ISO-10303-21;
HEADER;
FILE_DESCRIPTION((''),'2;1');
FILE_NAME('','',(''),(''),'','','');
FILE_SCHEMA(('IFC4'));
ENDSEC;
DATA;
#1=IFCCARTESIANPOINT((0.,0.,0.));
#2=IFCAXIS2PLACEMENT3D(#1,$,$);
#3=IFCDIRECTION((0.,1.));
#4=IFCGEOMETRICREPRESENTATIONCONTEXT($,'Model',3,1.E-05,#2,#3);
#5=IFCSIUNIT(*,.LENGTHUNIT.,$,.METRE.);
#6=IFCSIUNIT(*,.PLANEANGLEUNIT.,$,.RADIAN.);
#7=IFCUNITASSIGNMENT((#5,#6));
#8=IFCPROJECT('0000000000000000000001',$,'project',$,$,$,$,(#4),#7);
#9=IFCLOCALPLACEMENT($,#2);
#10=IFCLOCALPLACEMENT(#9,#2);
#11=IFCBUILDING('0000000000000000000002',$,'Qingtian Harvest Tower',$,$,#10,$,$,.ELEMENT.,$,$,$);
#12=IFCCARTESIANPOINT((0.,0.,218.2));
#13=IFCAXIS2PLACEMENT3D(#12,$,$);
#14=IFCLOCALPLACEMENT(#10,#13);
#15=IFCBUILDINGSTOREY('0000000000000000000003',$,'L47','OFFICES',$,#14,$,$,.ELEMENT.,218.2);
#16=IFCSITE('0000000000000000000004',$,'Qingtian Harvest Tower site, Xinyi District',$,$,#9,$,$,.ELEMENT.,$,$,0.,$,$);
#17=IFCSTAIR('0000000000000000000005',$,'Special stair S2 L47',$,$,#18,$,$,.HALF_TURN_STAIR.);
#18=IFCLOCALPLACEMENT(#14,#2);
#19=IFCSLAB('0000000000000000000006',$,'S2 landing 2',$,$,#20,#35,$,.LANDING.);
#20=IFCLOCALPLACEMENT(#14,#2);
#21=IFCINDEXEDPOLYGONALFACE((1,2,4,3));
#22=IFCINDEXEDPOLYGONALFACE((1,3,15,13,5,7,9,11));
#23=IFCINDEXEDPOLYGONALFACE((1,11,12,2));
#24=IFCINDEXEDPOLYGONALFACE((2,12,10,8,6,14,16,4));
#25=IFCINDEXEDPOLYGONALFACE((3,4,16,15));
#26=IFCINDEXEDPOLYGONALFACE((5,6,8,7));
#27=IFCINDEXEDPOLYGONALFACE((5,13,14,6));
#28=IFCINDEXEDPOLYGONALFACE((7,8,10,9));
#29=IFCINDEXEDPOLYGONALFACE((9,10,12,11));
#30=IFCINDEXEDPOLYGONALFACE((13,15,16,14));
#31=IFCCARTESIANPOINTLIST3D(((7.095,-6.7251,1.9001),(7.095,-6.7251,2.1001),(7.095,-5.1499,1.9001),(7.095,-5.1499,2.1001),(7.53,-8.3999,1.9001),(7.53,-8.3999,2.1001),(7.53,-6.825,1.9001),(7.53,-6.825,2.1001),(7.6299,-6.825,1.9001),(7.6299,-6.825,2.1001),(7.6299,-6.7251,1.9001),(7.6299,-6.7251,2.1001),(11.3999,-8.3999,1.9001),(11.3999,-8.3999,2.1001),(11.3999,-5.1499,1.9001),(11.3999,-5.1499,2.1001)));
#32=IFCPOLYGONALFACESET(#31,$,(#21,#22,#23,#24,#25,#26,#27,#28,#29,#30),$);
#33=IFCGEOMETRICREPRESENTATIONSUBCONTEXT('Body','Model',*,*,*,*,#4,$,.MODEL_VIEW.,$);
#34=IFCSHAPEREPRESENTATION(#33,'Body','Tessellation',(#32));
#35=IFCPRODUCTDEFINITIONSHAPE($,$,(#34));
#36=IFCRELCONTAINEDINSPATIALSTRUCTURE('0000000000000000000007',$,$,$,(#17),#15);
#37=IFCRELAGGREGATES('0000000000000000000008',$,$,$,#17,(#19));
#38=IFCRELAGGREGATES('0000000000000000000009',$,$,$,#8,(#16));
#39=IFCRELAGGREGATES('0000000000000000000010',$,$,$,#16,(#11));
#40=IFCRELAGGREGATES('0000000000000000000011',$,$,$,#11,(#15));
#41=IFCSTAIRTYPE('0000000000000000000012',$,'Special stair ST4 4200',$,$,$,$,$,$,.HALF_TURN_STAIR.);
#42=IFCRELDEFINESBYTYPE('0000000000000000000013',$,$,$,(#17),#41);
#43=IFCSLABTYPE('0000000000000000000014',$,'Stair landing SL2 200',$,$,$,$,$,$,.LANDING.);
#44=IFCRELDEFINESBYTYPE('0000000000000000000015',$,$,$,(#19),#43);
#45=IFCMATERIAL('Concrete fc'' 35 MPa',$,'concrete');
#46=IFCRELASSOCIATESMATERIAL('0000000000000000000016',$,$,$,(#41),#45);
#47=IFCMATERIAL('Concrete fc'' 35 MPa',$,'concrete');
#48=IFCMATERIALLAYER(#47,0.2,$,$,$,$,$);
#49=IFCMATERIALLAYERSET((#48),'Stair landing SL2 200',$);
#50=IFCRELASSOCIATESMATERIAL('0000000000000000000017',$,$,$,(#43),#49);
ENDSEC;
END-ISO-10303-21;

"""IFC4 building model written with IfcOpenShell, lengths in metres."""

from ifc_helpers import new_model, si_unit, direction, frame, origin, place, context, subcontext, project, spatial, polyline, outline, extrude, material, layer, layer_set, type_object, element, aggregate, save


model = new_model("IFC4")

# Units and contexts
model_context = context("Model", 3, precision=1e-05, world=origin(), true_north=direction((0.0, 1.0)))
body_context = subcontext(model_context, "Body", "Model", "MODEL_VIEW")
ifc_project = project(units=[si_unit("LENGTHUNIT", "METRE"), si_unit("PLANEANGLEUNIT", "RADIAN")], contexts=[model_context])

# Site, building, storey
site_placement = place(None, origin())
site = spatial("IfcSite", under=ifc_project, at=site_placement, Name="Qingtian Harvest Tower site, Xinyi District", CompositionType="ELEMENT", RefElevation=0.0)
building_placement = place(site_placement, origin())
building = spatial("IfcBuilding", under=site, at=building_placement, Name="Qingtian Harvest Tower", CompositionType="ELEMENT")
storey_placement = place(building_placement, frame((0.0, 0.0, 218.2)))
storey = spatial("IfcBuildingStorey", under=building, at=storey_placement, Name="L47", Description="OFFICES", CompositionType="ELEMENT", Elevation=218.2)

# Stair, slab
ifc_material_1 = material(Name="Concrete fc' 35 MPa", Category="concrete")
stair_type = type_object("IfcStairType", Name="Special stair ST4 4200", PredefinedType="HALF_TURN_STAIR", material=ifc_material_1)
stair_placement = place(storey_placement, origin())
stair = element("IfcStair", 1, at=stair_placement, inside=storey, type_object=stair_type, Name="Special stair S2 L47", PredefinedType="HALF_TURN_STAIR")
ifc_material_2 = material(Name="Concrete fc' 35 MPa", Category="concrete")
ifc_layer_1 = layer(ifc_material_2, 0.2)
ifc_layer_set_1 = layer_set([ifc_layer_1], Name="Stair landing SL2 200")
slab_type_1 = type_object("IfcSlabType", Name="Stair landing SL2 200", PredefinedType="LANDING", material=ifc_layer_set_1)
slab_1_placement = place(storey_placement, frame((0.0, 0.0, 1.9001)))
slab_1 = element("IfcSlab", 2, at=slab_1_placement, type_object=slab_type_1, Name="S2 landing 2", PredefinedType="LANDING", context=body_context, shape_type="SweptSolid", body=[
    extrude(outline(polyline([(7.53, -8.3999), (7.53, -6.825), (7.6299, -6.825), (7.6299, -6.7251), (7.095, -6.7251), (7.095, -5.1499), (11.3999, -5.1499), (11.3999, -8.3999), (7.53, -8.3999)])), origin(), (0.0, 0.0, 1.0), 0.2),
])
aggregate(stair, [slab_1])

save(model, "model.ifc")
